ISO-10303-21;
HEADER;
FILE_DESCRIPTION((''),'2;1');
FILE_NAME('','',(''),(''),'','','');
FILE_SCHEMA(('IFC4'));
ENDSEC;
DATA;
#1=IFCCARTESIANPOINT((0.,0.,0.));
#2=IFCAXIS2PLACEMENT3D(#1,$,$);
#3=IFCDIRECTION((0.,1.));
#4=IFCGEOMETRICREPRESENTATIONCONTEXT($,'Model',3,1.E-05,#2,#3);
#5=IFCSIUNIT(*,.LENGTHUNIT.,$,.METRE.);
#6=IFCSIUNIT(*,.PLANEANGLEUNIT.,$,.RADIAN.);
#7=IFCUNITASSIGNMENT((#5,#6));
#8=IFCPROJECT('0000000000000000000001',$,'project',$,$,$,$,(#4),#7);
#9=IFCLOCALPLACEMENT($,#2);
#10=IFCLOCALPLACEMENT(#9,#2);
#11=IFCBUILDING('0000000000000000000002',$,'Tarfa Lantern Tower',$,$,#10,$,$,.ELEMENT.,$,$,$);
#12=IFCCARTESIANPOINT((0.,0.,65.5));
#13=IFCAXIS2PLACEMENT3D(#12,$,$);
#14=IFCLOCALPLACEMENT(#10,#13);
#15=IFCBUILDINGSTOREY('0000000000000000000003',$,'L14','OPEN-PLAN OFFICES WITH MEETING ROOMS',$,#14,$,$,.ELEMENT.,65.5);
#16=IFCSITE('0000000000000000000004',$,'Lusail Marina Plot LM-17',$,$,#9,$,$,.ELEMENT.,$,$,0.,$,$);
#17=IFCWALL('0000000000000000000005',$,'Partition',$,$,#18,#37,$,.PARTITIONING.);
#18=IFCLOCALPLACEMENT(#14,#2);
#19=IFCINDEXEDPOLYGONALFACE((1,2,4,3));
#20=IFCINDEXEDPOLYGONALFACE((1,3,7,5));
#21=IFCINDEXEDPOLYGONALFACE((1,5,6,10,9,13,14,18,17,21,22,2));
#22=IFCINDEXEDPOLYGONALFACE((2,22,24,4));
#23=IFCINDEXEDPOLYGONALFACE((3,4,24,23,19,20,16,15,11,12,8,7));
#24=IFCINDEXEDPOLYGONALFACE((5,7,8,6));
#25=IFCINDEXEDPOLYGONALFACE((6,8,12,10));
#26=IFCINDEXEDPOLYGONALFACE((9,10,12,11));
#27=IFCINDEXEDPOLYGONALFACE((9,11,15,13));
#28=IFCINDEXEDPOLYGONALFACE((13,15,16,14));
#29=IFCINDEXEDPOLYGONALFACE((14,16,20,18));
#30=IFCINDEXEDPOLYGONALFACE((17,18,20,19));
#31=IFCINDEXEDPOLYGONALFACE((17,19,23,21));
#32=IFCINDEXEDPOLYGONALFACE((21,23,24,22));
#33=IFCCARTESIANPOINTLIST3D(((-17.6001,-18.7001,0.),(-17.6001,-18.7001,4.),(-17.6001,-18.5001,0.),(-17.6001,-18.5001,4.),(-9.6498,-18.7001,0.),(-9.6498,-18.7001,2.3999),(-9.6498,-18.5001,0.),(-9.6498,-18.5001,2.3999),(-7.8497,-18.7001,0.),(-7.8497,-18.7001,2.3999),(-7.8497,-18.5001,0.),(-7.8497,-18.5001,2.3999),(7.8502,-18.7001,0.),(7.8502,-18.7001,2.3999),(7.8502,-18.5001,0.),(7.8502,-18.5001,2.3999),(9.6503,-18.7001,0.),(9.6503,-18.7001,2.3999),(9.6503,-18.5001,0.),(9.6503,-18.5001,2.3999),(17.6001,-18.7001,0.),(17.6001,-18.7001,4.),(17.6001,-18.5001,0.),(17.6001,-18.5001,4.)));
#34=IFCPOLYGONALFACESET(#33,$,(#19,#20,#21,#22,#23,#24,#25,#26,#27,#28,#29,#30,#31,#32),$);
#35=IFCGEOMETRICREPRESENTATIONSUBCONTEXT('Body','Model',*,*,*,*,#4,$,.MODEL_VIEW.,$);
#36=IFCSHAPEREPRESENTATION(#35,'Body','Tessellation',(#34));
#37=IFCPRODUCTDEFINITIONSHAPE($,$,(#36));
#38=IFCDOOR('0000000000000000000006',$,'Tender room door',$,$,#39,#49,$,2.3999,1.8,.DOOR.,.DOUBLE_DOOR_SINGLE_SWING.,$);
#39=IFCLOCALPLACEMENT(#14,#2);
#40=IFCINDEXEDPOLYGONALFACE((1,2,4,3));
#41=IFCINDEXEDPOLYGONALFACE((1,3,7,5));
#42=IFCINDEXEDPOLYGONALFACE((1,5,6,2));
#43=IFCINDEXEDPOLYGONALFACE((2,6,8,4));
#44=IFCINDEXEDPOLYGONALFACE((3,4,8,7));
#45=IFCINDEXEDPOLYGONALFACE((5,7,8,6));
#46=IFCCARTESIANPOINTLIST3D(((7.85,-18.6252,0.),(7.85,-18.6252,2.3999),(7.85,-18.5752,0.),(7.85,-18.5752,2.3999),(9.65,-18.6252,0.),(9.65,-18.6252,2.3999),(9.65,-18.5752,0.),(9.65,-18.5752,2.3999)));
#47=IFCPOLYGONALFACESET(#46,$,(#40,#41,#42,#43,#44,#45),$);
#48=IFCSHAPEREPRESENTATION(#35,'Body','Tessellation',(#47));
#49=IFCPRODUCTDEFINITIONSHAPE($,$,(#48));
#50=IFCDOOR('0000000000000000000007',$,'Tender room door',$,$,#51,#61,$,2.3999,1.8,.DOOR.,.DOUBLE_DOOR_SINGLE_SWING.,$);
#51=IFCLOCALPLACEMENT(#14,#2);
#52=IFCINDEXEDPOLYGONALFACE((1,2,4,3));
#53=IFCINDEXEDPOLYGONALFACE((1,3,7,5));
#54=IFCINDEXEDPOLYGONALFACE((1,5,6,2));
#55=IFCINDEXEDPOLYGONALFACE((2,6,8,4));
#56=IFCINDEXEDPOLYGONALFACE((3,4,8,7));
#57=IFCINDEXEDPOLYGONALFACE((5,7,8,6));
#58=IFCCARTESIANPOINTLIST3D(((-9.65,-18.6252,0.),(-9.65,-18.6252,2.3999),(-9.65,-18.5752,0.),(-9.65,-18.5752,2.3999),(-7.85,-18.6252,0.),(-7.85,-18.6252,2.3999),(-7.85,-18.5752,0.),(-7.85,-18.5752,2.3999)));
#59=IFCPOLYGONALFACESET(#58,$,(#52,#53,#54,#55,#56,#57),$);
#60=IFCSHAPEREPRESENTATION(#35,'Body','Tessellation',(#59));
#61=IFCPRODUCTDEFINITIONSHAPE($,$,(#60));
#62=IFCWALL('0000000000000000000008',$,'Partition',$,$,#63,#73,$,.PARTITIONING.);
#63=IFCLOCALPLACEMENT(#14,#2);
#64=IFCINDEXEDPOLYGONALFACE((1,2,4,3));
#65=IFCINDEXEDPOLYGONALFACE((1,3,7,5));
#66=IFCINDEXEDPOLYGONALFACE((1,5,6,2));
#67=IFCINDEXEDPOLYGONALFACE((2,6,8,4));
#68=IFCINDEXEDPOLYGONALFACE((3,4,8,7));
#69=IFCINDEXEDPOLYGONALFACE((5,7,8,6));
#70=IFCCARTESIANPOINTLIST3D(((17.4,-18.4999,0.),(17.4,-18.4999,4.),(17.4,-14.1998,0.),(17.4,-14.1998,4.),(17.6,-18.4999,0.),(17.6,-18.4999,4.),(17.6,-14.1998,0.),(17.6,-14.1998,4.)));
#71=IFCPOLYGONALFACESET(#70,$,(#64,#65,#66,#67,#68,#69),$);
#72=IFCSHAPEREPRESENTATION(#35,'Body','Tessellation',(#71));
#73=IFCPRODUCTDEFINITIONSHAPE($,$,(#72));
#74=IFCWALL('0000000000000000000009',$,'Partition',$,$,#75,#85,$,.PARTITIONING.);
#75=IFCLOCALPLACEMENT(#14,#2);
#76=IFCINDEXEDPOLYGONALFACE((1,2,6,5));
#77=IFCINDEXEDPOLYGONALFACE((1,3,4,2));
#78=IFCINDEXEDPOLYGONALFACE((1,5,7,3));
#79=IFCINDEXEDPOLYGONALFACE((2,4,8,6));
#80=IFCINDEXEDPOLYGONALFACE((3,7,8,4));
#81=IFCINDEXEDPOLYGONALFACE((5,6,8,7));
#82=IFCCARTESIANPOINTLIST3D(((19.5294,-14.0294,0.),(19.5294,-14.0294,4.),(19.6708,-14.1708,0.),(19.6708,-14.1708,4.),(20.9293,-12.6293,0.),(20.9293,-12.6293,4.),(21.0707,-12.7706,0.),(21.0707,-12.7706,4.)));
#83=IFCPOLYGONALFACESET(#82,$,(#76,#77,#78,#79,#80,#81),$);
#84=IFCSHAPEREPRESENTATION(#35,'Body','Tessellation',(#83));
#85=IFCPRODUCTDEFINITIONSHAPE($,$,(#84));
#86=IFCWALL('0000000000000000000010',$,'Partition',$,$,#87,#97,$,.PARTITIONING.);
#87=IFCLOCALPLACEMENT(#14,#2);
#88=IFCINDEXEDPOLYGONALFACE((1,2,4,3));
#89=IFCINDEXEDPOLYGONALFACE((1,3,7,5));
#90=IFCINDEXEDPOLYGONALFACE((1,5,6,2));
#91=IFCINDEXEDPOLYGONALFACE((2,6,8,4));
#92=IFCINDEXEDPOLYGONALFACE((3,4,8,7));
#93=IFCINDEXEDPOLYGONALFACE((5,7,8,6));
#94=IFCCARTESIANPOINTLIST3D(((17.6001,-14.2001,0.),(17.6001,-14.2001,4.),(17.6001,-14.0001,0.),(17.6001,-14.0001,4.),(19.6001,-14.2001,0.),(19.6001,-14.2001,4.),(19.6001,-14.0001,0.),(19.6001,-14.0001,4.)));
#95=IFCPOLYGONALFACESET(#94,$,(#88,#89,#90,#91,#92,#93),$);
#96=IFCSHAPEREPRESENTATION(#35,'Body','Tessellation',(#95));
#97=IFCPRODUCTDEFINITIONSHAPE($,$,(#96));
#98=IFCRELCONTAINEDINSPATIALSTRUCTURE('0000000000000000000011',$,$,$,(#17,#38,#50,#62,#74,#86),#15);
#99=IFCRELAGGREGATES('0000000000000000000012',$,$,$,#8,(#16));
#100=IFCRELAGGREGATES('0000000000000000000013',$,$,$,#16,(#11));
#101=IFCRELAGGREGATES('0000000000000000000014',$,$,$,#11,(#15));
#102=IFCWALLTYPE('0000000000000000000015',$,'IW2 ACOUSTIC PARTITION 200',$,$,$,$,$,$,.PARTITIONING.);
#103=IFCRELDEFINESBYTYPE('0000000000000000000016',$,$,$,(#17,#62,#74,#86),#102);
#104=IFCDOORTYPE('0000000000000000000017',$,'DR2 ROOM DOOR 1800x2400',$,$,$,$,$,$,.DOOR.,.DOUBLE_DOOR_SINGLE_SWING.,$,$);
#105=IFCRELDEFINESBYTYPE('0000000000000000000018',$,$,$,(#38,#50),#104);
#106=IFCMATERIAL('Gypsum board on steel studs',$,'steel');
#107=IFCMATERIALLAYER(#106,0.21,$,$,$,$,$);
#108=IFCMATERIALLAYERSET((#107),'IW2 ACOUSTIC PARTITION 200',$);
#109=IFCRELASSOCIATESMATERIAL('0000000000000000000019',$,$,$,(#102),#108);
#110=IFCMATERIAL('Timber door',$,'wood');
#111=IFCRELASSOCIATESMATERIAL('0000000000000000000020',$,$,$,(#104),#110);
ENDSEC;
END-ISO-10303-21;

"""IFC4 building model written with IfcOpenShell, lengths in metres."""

from ifc_helpers import new_model, si_unit, direction, frame, frame_2d, origin, place, context, subcontext, project, spatial, rectangle, extrude, material, layer, layer_set, type_object, element, fill, save


model = new_model("IFC4")

# Units and contexts
model_context = context("Model", 3, precision=1e-05, world=origin(), true_north=direction((0.0, 1.0)))
body_context = subcontext(model_context, "Body", "Model", "MODEL_VIEW")
ifc_project = project(units=[si_unit("LENGTHUNIT", "METRE"), si_unit("PLANEANGLEUNIT", "RADIAN")], contexts=[model_context])

# Site, building, storey
site_placement = place(None, origin())
site = spatial("IfcSite", under=ifc_project, at=site_placement, Name="Lusail Marina Plot LM-17", CompositionType="ELEMENT", RefElevation=0.0)
building_placement = place(site_placement, origin())
building = spatial("IfcBuilding", under=site, at=building_placement, Name="Tarfa Lantern Tower", CompositionType="ELEMENT")
storey_placement = place(building_placement, frame((0.0, 0.0, 65.5)))
storey = spatial("IfcBuildingStorey", under=building, at=storey_placement, Name="L14", Description="OPEN-PLAN OFFICES WITH MEETING ROOMS", CompositionType="ELEMENT", Elevation=65.5)

# Shared definitions
ifc_material_1 = material(Name="Gypsum board on steel studs", Category="steel")
ifc_layer_1 = layer(ifc_material_1, 0.21)
ifc_layer_set_1 = layer_set([ifc_layer_1], Name="IW2 ACOUSTIC PARTITION 200")
wall_type_1 = type_object("IfcWallType", Name="IW2 ACOUSTIC PARTITION 200", PredefinedType="PARTITIONING", material=ifc_layer_set_1)

# Wall, openings, doors
wall_1_placement = place(storey_placement, frame((17.6001, -18.6001, 0.0), z_axis=(0.0, 0.0, 1.0), x_axis=(-1.0, 0.0, 0.0)))
wall_1 = element("IfcWall", 1, at=wall_1_placement, inside=storey, type_object=wall_type_1, Name="Partition", PredefinedType="PARTITIONING", context=body_context, shape_type="SweptSolid", body=[
    extrude(rectangle(XDim=35.2002, YDim=0.2, at=frame_2d((17.6001, 0.0))), origin(), (0.0, 0.0, 1.0), 4.0),
])
opening_1_placement = place(wall_1_placement, frame((7.95, 0.0, 0.0)))
opening_1 = element("IfcOpeningElement", 2, at=opening_1_placement, cuts=wall_1, PredefinedType="OPENING", context=body_context, shape_type="SweptSolid", body=[
    extrude(rectangle(XDim=1.8, YDim=2.3999, at=frame_2d((0.8999, 1.2))), frame((0.0, 0.1099, 0.0), z_axis=(0.0, -1.0, 0.0), x_axis=(1.0, 0.0, 0.0)), (0.0, 0.0, 1.0), 0.22),
])
opening_2_placement = place(wall_1_placement, frame((25.45, 0.0, 0.0)))
opening_2 = element("IfcOpeningElement", 3, at=opening_2_placement, cuts=wall_1, PredefinedType="OPENING", context=body_context, shape_type="SweptSolid", body=[
    extrude(rectangle(XDim=1.8, YDim=2.3999, at=frame_2d((0.8999, 1.2))), frame((0.0, 0.1099, 0.0), z_axis=(0.0, -1.0, 0.0), x_axis=(1.0, 0.0, 0.0)), (0.0, 0.0, 1.0), 0.22),
])
ifc_material_2 = material(Name="Timber door", Category="wood")
door_type_1 = type_object("IfcDoorType", Name="DR2 ROOM DOOR 1800x2400", OperationType="DOUBLE_DOOR_SINGLE_SWING", PredefinedType="DOOR", material=ifc_material_2)
door_1_placement = place(opening_1_placement, frame((1.8, 0.0, 0.0), z_axis=(0.0, 0.0, 1.0), x_axis=(-1.0, 0.0, 0.0)))
door_1 = element("IfcDoor", 4, at=door_1_placement, inside=storey, type_object=door_type_1, Name="Tender room door", OperationType="DOUBLE_DOOR_SINGLE_SWING", OverallHeight=2.3999, OverallWidth=1.8, PredefinedType="DOOR", context=body_context, shape_type="SweptSolid", body=[
    extrude(rectangle(XDim=1.8, YDim=2.3999, at=frame_2d((0.8999, 1.2))), frame((0.0, 0.0249, 0.0), z_axis=(0.0, -1.0, 0.0), x_axis=(1.0, 0.0, 0.0)), (0.0, 0.0, 1.0), 0.05),
])
fill(opening_1, door_1)
door_2_placement = place(opening_2_placement, frame((1.8, 0.0, 0.0), z_axis=(0.0, 0.0, 1.0), x_axis=(-1.0, 0.0, 0.0)))
door_2 = element("IfcDoor", 5, at=door_2_placement, inside=storey, type_object=door_type_1, Name="Tender room door", OperationType="DOUBLE_DOOR_SINGLE_SWING", OverallHeight=2.3999, OverallWidth=1.8, PredefinedType="DOOR", context=body_context, shape_type="SweptSolid", body=[
    extrude(rectangle(XDim=1.8, YDim=2.3999, at=frame_2d((0.8999, 1.2))), frame((0.0, 0.0249, 0.0), z_axis=(0.0, -1.0, 0.0), x_axis=(1.0, 0.0, 0.0)), (0.0, 0.0, 1.0), 0.05),
])
fill(opening_2, door_2)

# Walls
wall_2_placement = place(storey_placement, frame((17.5, -14.2, 0.0), z_axis=(0.0, 0.0, 1.0), x_axis=(0.0, -1.0, 0.0)))
element("IfcWall", 6, at=wall_2_placement, inside=storey, type_object=wall_type_1, Name="Partition", PredefinedType="PARTITIONING", context=body_context, shape_type="SweptSolid", body=[
    extrude(rectangle(XDim=4.3, YDim=0.2, at=frame_2d((2.1499, 0.0))), origin(), (0.0, 0.0, 1.0), 4.0),
])
wall_3_placement = place(storey_placement, frame((21.0, -12.7, 0.0), z_axis=(0.0, 0.0, 1.0), x_axis=(-0.707045, -0.707168, 0.0)))
element("IfcWall", 7, at=wall_3_placement, inside=storey, type_object=wall_type_1, Name="Partition", PredefinedType="PARTITIONING", context=body_context, shape_type="SweptSolid", body=[
    extrude(rectangle(XDim=1.98, YDim=0.2, at=frame_2d((0.99, 0.0))), origin(), (0.0, 0.0, 1.0), 4.0),
])
wall_4_placement = place(storey_placement, frame((19.6001, -14.1001, 0.0), z_axis=(0.0, 0.0, 1.0), x_axis=(-1.0, 0.0, 0.0)))
element("IfcWall", 8, at=wall_4_placement, inside=storey, type_object=wall_type_1, Name="Partition", PredefinedType="PARTITIONING", context=body_context, shape_type="SweptSolid", body=[
    extrude(rectangle(XDim=2.0, YDim=0.2, at=frame_2d((1.0, 0.0))), origin(), (0.0, 0.0, 1.0), 4.0),
])

save(model, "model.ifc")
